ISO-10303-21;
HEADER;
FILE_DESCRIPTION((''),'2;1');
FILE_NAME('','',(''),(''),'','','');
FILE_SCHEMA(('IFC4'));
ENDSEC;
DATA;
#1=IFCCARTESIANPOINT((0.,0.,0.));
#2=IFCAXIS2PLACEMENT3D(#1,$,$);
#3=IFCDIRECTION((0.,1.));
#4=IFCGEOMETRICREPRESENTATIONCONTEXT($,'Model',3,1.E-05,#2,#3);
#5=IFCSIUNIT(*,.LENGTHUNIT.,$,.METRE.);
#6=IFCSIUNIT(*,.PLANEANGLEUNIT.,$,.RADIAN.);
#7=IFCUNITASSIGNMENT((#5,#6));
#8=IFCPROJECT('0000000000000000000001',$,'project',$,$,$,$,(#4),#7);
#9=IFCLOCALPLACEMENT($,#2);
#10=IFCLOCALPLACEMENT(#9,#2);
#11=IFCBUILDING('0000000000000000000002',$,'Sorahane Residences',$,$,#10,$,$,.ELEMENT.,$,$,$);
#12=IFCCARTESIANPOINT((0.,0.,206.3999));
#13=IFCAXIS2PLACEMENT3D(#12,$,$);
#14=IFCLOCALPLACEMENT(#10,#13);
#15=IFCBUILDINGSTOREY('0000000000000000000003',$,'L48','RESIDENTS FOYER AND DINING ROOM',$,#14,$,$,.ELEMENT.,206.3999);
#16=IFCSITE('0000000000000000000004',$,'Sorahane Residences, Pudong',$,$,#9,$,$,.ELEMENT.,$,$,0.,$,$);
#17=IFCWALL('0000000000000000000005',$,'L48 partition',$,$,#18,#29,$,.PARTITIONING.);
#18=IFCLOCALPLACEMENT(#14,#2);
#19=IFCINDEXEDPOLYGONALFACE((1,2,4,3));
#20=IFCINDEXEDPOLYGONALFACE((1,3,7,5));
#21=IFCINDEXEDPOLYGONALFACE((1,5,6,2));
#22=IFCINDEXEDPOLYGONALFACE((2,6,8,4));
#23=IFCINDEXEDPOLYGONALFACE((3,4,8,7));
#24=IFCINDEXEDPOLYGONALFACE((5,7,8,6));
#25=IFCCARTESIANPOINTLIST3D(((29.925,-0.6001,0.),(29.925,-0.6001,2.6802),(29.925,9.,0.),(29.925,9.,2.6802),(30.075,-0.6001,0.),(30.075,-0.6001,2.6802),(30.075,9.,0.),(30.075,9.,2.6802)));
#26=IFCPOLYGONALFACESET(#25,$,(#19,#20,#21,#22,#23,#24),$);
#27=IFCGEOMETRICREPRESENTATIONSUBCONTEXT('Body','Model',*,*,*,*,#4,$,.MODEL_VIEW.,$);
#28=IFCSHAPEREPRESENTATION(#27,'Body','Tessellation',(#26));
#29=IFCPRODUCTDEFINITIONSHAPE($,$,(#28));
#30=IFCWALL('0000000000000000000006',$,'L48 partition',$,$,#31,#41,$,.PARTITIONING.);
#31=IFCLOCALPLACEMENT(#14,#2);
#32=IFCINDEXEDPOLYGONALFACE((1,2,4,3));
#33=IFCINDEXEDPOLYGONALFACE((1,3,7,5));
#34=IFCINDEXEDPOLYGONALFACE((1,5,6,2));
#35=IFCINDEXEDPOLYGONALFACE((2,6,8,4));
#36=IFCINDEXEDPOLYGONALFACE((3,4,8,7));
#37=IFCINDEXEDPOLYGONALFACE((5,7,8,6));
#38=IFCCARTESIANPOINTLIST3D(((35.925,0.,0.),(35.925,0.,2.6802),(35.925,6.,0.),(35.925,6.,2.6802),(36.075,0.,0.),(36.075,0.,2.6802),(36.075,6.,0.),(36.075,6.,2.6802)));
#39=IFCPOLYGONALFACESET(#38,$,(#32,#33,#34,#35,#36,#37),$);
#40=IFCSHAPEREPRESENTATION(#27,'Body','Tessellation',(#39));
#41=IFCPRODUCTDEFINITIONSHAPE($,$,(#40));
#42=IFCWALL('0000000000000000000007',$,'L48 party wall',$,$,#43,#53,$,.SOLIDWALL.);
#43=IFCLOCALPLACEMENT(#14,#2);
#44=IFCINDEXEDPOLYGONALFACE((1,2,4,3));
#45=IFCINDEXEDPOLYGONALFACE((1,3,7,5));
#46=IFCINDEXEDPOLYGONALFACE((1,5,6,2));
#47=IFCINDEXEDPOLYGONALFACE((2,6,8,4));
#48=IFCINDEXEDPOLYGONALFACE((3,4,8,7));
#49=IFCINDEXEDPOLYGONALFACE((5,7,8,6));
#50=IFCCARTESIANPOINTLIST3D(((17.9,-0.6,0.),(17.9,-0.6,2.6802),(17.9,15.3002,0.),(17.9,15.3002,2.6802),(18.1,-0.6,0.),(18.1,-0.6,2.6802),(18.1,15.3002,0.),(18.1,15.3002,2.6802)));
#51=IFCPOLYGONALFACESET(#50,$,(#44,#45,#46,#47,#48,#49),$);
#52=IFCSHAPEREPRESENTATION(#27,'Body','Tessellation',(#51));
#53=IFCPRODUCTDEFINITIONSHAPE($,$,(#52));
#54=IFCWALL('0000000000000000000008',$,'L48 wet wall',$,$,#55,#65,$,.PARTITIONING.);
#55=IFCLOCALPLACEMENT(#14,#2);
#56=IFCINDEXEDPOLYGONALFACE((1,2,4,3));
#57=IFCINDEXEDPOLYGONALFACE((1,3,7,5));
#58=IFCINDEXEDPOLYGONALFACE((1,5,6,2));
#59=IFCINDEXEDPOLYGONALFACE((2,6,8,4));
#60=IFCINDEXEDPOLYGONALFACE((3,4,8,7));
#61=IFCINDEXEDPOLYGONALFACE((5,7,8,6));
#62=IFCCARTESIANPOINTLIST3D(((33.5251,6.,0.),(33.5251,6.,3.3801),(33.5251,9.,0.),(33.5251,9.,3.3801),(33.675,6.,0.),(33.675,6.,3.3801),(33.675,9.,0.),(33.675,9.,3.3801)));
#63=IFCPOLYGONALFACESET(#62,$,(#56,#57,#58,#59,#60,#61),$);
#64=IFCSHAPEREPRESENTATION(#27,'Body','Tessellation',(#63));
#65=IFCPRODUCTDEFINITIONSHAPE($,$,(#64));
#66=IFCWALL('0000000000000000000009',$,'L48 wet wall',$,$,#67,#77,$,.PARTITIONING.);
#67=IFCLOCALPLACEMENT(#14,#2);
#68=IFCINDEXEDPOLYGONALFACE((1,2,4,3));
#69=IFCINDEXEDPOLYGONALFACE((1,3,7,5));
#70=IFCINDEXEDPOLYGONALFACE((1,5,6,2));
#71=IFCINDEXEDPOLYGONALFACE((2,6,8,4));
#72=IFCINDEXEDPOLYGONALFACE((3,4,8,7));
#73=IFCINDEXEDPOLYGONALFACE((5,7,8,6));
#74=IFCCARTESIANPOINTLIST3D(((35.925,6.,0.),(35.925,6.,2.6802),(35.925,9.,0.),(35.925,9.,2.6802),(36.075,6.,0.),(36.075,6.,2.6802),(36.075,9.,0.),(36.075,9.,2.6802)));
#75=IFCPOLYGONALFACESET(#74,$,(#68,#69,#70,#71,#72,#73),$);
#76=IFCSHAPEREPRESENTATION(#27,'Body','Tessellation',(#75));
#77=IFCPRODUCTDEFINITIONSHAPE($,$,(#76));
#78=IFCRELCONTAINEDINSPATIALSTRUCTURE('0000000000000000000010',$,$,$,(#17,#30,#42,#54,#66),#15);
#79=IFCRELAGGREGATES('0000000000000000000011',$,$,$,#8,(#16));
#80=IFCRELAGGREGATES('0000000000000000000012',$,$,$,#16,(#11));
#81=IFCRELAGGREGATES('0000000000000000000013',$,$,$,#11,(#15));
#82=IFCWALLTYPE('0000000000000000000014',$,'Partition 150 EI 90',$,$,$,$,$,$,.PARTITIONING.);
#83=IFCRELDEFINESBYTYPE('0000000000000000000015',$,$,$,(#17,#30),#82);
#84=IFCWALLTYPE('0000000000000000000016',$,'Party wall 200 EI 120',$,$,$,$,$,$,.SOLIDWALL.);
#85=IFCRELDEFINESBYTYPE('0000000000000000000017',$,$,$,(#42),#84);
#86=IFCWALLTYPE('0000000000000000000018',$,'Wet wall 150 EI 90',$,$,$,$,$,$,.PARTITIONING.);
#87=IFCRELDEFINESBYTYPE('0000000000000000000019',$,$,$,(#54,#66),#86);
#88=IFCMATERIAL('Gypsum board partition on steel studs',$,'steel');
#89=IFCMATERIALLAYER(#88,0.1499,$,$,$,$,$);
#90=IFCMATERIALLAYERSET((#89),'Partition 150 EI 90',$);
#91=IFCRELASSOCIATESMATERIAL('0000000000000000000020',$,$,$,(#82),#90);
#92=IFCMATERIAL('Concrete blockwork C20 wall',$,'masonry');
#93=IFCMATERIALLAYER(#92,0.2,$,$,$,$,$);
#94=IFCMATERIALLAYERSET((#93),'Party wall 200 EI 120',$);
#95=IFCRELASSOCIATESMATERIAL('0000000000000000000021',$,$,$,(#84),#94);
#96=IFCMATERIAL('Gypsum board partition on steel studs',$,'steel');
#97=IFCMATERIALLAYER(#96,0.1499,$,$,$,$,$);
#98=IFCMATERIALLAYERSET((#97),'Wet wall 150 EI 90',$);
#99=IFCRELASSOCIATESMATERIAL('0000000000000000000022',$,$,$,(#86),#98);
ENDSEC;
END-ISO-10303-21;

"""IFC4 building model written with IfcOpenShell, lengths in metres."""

from ifc_helpers import new_model, si_unit, direction, frame, frame_2d, origin, place, context, subcontext, project, spatial, rectangle, extrude, material, layer, layer_set, type_object, element, save


model = new_model("IFC4")

# Units and contexts
model_context = context("Model", 3, precision=1e-05, world=origin(), true_north=direction((0.0, 1.0)))
body_context = subcontext(model_context, "Body", "Model", "MODEL_VIEW")
ifc_project = project(units=[si_unit("LENGTHUNIT", "METRE"), si_unit("PLANEANGLEUNIT", "RADIAN")], contexts=[model_context])

# Site, building, storey
site_placement = place(None, origin())
site = spatial("IfcSite", under=ifc_project, at=site_placement, Name="Sorahane Residences, Pudong", CompositionType="ELEMENT", RefElevation=0.0)
building_placement = place(site_placement, origin())
building = spatial("IfcBuilding", under=site, at=building_placement, Name="Sorahane Residences", CompositionType="ELEMENT")
storey_placement = place(building_placement, frame((0.0, 0.0, 206.3999)))
storey = spatial("IfcBuildingStorey", under=building, at=storey_placement, Name="L48", Description="RESIDENTS FOYER AND DINING ROOM", CompositionType="ELEMENT", Elevation=206.3999)

# Walls
ifc_material_1 = material(Name="Gypsum board partition on steel studs", Category="steel")
ifc_layer_1 = layer(ifc_material_1, 0.1499)
ifc_layer_set_1 = layer_set([ifc_layer_1], Name="Partition 150 EI 90")
wall_type_1 = type_object("IfcWallType", Name="Partition 150 EI 90", PredefinedType="PARTITIONING", material=ifc_layer_set_1)
wall_1_placement = place(storey_placement, frame((30.0, -0.6001, 0.0), z_axis=(0.0, 0.0, 1.0), x_axis=(0.0, 1.0, 0.0)))
element("IfcWall", 1, at=wall_1_placement, inside=storey, type_object=wall_type_1, Name="L48 partition", PredefinedType="PARTITIONING", context=body_context, shape_type="SweptSolid", body=[
    extrude(rectangle(XDim=9.6001, YDim=0.1499, at=frame_2d((4.8, 0.0))), origin(), (0.0, 0.0, 1.0), 2.6802),
])
wall_2_placement = place(storey_placement, frame((36.0, 0.0, 0.0), z_axis=(0.0, 0.0, 1.0), x_axis=(0.0, 1.0, 0.0)))
element("IfcWall", 2, at=wall_2_placement, inside=storey, type_object=wall_type_1, Name="L48 partition", PredefinedType="PARTITIONING", context=body_context, shape_type="SweptSolid", body=[
    extrude(rectangle(XDim=6.0, YDim=0.1499, at=frame_2d((3.0, 0.0))), origin(), (0.0, 0.0, 1.0), 2.6802),
])

# Walls
ifc_material_2 = material(Name="Concrete blockwork C20 wall", Category="masonry")
ifc_layer_2 = layer(ifc_material_2, 0.2)
ifc_layer_set_2 = layer_set([ifc_layer_2], Name="Party wall 200 EI 120")
wall_type_2 = type_object("IfcWallType", Name="Party wall 200 EI 120", PredefinedType="SOLIDWALL", material=ifc_layer_set_2)
wall_3_placement = place(storey_placement, frame((18.0, -0.6001, 0.0), z_axis=(0.0, 0.0, 1.0), x_axis=(0.0, 1.0, 0.0)))
element("IfcWall", 3, at=wall_3_placement, inside=storey, type_object=wall_type_2, Name="L48 party wall", PredefinedType="SOLIDWALL", context=body_context, shape_type="SweptSolid", body=[
    extrude(rectangle(XDim=15.9001, YDim=0.2, at=frame_2d((7.9502, 0.0))), origin(), (0.0, 0.0, 1.0), 2.6802),
])
ifc_material_3 = material(Name="Gypsum board partition on steel studs", Category="steel")
ifc_layer_3 = layer(ifc_material_3, 0.1499)
ifc_layer_set_3 = layer_set([ifc_layer_3], Name="Wet wall 150 EI 90")
wall_type_3 = type_object("IfcWallType", Name="Wet wall 150 EI 90", PredefinedType="PARTITIONING", material=ifc_layer_set_3)
wall_4_placement = place(storey_placement, frame((33.6001, 6.0, 0.0), z_axis=(0.0, 0.0, 1.0), x_axis=(0.0, 1.0, 0.0)))
element("IfcWall", 4, at=wall_4_placement, inside=storey, type_object=wall_type_3, Name="L48 wet wall", PredefinedType="PARTITIONING", context=body_context, shape_type="SweptSolid", body=[
    extrude(rectangle(XDim=3.0, YDim=0.1499, at=frame_2d((1.5, 0.0))), origin(), (0.0, 0.0, 1.0), 3.3801),
])
wall_5_placement = place(storey_placement, frame((36.0, 6.0, 0.0), z_axis=(0.0, 0.0, 1.0), x_axis=(0.0, 1.0, 0.0)))
element("IfcWall", 5, at=wall_5_placement, inside=storey, type_object=wall_type_3, Name="L48 wet wall", PredefinedType="PARTITIONING", context=body_context, shape_type="SweptSolid", body=[
    extrude(rectangle(XDim=3.0, YDim=0.1499, at=frame_2d((1.5, 0.0))), origin(), (0.0, 0.0, 1.0), 2.6802),
])

save(model, "model.ifc")
